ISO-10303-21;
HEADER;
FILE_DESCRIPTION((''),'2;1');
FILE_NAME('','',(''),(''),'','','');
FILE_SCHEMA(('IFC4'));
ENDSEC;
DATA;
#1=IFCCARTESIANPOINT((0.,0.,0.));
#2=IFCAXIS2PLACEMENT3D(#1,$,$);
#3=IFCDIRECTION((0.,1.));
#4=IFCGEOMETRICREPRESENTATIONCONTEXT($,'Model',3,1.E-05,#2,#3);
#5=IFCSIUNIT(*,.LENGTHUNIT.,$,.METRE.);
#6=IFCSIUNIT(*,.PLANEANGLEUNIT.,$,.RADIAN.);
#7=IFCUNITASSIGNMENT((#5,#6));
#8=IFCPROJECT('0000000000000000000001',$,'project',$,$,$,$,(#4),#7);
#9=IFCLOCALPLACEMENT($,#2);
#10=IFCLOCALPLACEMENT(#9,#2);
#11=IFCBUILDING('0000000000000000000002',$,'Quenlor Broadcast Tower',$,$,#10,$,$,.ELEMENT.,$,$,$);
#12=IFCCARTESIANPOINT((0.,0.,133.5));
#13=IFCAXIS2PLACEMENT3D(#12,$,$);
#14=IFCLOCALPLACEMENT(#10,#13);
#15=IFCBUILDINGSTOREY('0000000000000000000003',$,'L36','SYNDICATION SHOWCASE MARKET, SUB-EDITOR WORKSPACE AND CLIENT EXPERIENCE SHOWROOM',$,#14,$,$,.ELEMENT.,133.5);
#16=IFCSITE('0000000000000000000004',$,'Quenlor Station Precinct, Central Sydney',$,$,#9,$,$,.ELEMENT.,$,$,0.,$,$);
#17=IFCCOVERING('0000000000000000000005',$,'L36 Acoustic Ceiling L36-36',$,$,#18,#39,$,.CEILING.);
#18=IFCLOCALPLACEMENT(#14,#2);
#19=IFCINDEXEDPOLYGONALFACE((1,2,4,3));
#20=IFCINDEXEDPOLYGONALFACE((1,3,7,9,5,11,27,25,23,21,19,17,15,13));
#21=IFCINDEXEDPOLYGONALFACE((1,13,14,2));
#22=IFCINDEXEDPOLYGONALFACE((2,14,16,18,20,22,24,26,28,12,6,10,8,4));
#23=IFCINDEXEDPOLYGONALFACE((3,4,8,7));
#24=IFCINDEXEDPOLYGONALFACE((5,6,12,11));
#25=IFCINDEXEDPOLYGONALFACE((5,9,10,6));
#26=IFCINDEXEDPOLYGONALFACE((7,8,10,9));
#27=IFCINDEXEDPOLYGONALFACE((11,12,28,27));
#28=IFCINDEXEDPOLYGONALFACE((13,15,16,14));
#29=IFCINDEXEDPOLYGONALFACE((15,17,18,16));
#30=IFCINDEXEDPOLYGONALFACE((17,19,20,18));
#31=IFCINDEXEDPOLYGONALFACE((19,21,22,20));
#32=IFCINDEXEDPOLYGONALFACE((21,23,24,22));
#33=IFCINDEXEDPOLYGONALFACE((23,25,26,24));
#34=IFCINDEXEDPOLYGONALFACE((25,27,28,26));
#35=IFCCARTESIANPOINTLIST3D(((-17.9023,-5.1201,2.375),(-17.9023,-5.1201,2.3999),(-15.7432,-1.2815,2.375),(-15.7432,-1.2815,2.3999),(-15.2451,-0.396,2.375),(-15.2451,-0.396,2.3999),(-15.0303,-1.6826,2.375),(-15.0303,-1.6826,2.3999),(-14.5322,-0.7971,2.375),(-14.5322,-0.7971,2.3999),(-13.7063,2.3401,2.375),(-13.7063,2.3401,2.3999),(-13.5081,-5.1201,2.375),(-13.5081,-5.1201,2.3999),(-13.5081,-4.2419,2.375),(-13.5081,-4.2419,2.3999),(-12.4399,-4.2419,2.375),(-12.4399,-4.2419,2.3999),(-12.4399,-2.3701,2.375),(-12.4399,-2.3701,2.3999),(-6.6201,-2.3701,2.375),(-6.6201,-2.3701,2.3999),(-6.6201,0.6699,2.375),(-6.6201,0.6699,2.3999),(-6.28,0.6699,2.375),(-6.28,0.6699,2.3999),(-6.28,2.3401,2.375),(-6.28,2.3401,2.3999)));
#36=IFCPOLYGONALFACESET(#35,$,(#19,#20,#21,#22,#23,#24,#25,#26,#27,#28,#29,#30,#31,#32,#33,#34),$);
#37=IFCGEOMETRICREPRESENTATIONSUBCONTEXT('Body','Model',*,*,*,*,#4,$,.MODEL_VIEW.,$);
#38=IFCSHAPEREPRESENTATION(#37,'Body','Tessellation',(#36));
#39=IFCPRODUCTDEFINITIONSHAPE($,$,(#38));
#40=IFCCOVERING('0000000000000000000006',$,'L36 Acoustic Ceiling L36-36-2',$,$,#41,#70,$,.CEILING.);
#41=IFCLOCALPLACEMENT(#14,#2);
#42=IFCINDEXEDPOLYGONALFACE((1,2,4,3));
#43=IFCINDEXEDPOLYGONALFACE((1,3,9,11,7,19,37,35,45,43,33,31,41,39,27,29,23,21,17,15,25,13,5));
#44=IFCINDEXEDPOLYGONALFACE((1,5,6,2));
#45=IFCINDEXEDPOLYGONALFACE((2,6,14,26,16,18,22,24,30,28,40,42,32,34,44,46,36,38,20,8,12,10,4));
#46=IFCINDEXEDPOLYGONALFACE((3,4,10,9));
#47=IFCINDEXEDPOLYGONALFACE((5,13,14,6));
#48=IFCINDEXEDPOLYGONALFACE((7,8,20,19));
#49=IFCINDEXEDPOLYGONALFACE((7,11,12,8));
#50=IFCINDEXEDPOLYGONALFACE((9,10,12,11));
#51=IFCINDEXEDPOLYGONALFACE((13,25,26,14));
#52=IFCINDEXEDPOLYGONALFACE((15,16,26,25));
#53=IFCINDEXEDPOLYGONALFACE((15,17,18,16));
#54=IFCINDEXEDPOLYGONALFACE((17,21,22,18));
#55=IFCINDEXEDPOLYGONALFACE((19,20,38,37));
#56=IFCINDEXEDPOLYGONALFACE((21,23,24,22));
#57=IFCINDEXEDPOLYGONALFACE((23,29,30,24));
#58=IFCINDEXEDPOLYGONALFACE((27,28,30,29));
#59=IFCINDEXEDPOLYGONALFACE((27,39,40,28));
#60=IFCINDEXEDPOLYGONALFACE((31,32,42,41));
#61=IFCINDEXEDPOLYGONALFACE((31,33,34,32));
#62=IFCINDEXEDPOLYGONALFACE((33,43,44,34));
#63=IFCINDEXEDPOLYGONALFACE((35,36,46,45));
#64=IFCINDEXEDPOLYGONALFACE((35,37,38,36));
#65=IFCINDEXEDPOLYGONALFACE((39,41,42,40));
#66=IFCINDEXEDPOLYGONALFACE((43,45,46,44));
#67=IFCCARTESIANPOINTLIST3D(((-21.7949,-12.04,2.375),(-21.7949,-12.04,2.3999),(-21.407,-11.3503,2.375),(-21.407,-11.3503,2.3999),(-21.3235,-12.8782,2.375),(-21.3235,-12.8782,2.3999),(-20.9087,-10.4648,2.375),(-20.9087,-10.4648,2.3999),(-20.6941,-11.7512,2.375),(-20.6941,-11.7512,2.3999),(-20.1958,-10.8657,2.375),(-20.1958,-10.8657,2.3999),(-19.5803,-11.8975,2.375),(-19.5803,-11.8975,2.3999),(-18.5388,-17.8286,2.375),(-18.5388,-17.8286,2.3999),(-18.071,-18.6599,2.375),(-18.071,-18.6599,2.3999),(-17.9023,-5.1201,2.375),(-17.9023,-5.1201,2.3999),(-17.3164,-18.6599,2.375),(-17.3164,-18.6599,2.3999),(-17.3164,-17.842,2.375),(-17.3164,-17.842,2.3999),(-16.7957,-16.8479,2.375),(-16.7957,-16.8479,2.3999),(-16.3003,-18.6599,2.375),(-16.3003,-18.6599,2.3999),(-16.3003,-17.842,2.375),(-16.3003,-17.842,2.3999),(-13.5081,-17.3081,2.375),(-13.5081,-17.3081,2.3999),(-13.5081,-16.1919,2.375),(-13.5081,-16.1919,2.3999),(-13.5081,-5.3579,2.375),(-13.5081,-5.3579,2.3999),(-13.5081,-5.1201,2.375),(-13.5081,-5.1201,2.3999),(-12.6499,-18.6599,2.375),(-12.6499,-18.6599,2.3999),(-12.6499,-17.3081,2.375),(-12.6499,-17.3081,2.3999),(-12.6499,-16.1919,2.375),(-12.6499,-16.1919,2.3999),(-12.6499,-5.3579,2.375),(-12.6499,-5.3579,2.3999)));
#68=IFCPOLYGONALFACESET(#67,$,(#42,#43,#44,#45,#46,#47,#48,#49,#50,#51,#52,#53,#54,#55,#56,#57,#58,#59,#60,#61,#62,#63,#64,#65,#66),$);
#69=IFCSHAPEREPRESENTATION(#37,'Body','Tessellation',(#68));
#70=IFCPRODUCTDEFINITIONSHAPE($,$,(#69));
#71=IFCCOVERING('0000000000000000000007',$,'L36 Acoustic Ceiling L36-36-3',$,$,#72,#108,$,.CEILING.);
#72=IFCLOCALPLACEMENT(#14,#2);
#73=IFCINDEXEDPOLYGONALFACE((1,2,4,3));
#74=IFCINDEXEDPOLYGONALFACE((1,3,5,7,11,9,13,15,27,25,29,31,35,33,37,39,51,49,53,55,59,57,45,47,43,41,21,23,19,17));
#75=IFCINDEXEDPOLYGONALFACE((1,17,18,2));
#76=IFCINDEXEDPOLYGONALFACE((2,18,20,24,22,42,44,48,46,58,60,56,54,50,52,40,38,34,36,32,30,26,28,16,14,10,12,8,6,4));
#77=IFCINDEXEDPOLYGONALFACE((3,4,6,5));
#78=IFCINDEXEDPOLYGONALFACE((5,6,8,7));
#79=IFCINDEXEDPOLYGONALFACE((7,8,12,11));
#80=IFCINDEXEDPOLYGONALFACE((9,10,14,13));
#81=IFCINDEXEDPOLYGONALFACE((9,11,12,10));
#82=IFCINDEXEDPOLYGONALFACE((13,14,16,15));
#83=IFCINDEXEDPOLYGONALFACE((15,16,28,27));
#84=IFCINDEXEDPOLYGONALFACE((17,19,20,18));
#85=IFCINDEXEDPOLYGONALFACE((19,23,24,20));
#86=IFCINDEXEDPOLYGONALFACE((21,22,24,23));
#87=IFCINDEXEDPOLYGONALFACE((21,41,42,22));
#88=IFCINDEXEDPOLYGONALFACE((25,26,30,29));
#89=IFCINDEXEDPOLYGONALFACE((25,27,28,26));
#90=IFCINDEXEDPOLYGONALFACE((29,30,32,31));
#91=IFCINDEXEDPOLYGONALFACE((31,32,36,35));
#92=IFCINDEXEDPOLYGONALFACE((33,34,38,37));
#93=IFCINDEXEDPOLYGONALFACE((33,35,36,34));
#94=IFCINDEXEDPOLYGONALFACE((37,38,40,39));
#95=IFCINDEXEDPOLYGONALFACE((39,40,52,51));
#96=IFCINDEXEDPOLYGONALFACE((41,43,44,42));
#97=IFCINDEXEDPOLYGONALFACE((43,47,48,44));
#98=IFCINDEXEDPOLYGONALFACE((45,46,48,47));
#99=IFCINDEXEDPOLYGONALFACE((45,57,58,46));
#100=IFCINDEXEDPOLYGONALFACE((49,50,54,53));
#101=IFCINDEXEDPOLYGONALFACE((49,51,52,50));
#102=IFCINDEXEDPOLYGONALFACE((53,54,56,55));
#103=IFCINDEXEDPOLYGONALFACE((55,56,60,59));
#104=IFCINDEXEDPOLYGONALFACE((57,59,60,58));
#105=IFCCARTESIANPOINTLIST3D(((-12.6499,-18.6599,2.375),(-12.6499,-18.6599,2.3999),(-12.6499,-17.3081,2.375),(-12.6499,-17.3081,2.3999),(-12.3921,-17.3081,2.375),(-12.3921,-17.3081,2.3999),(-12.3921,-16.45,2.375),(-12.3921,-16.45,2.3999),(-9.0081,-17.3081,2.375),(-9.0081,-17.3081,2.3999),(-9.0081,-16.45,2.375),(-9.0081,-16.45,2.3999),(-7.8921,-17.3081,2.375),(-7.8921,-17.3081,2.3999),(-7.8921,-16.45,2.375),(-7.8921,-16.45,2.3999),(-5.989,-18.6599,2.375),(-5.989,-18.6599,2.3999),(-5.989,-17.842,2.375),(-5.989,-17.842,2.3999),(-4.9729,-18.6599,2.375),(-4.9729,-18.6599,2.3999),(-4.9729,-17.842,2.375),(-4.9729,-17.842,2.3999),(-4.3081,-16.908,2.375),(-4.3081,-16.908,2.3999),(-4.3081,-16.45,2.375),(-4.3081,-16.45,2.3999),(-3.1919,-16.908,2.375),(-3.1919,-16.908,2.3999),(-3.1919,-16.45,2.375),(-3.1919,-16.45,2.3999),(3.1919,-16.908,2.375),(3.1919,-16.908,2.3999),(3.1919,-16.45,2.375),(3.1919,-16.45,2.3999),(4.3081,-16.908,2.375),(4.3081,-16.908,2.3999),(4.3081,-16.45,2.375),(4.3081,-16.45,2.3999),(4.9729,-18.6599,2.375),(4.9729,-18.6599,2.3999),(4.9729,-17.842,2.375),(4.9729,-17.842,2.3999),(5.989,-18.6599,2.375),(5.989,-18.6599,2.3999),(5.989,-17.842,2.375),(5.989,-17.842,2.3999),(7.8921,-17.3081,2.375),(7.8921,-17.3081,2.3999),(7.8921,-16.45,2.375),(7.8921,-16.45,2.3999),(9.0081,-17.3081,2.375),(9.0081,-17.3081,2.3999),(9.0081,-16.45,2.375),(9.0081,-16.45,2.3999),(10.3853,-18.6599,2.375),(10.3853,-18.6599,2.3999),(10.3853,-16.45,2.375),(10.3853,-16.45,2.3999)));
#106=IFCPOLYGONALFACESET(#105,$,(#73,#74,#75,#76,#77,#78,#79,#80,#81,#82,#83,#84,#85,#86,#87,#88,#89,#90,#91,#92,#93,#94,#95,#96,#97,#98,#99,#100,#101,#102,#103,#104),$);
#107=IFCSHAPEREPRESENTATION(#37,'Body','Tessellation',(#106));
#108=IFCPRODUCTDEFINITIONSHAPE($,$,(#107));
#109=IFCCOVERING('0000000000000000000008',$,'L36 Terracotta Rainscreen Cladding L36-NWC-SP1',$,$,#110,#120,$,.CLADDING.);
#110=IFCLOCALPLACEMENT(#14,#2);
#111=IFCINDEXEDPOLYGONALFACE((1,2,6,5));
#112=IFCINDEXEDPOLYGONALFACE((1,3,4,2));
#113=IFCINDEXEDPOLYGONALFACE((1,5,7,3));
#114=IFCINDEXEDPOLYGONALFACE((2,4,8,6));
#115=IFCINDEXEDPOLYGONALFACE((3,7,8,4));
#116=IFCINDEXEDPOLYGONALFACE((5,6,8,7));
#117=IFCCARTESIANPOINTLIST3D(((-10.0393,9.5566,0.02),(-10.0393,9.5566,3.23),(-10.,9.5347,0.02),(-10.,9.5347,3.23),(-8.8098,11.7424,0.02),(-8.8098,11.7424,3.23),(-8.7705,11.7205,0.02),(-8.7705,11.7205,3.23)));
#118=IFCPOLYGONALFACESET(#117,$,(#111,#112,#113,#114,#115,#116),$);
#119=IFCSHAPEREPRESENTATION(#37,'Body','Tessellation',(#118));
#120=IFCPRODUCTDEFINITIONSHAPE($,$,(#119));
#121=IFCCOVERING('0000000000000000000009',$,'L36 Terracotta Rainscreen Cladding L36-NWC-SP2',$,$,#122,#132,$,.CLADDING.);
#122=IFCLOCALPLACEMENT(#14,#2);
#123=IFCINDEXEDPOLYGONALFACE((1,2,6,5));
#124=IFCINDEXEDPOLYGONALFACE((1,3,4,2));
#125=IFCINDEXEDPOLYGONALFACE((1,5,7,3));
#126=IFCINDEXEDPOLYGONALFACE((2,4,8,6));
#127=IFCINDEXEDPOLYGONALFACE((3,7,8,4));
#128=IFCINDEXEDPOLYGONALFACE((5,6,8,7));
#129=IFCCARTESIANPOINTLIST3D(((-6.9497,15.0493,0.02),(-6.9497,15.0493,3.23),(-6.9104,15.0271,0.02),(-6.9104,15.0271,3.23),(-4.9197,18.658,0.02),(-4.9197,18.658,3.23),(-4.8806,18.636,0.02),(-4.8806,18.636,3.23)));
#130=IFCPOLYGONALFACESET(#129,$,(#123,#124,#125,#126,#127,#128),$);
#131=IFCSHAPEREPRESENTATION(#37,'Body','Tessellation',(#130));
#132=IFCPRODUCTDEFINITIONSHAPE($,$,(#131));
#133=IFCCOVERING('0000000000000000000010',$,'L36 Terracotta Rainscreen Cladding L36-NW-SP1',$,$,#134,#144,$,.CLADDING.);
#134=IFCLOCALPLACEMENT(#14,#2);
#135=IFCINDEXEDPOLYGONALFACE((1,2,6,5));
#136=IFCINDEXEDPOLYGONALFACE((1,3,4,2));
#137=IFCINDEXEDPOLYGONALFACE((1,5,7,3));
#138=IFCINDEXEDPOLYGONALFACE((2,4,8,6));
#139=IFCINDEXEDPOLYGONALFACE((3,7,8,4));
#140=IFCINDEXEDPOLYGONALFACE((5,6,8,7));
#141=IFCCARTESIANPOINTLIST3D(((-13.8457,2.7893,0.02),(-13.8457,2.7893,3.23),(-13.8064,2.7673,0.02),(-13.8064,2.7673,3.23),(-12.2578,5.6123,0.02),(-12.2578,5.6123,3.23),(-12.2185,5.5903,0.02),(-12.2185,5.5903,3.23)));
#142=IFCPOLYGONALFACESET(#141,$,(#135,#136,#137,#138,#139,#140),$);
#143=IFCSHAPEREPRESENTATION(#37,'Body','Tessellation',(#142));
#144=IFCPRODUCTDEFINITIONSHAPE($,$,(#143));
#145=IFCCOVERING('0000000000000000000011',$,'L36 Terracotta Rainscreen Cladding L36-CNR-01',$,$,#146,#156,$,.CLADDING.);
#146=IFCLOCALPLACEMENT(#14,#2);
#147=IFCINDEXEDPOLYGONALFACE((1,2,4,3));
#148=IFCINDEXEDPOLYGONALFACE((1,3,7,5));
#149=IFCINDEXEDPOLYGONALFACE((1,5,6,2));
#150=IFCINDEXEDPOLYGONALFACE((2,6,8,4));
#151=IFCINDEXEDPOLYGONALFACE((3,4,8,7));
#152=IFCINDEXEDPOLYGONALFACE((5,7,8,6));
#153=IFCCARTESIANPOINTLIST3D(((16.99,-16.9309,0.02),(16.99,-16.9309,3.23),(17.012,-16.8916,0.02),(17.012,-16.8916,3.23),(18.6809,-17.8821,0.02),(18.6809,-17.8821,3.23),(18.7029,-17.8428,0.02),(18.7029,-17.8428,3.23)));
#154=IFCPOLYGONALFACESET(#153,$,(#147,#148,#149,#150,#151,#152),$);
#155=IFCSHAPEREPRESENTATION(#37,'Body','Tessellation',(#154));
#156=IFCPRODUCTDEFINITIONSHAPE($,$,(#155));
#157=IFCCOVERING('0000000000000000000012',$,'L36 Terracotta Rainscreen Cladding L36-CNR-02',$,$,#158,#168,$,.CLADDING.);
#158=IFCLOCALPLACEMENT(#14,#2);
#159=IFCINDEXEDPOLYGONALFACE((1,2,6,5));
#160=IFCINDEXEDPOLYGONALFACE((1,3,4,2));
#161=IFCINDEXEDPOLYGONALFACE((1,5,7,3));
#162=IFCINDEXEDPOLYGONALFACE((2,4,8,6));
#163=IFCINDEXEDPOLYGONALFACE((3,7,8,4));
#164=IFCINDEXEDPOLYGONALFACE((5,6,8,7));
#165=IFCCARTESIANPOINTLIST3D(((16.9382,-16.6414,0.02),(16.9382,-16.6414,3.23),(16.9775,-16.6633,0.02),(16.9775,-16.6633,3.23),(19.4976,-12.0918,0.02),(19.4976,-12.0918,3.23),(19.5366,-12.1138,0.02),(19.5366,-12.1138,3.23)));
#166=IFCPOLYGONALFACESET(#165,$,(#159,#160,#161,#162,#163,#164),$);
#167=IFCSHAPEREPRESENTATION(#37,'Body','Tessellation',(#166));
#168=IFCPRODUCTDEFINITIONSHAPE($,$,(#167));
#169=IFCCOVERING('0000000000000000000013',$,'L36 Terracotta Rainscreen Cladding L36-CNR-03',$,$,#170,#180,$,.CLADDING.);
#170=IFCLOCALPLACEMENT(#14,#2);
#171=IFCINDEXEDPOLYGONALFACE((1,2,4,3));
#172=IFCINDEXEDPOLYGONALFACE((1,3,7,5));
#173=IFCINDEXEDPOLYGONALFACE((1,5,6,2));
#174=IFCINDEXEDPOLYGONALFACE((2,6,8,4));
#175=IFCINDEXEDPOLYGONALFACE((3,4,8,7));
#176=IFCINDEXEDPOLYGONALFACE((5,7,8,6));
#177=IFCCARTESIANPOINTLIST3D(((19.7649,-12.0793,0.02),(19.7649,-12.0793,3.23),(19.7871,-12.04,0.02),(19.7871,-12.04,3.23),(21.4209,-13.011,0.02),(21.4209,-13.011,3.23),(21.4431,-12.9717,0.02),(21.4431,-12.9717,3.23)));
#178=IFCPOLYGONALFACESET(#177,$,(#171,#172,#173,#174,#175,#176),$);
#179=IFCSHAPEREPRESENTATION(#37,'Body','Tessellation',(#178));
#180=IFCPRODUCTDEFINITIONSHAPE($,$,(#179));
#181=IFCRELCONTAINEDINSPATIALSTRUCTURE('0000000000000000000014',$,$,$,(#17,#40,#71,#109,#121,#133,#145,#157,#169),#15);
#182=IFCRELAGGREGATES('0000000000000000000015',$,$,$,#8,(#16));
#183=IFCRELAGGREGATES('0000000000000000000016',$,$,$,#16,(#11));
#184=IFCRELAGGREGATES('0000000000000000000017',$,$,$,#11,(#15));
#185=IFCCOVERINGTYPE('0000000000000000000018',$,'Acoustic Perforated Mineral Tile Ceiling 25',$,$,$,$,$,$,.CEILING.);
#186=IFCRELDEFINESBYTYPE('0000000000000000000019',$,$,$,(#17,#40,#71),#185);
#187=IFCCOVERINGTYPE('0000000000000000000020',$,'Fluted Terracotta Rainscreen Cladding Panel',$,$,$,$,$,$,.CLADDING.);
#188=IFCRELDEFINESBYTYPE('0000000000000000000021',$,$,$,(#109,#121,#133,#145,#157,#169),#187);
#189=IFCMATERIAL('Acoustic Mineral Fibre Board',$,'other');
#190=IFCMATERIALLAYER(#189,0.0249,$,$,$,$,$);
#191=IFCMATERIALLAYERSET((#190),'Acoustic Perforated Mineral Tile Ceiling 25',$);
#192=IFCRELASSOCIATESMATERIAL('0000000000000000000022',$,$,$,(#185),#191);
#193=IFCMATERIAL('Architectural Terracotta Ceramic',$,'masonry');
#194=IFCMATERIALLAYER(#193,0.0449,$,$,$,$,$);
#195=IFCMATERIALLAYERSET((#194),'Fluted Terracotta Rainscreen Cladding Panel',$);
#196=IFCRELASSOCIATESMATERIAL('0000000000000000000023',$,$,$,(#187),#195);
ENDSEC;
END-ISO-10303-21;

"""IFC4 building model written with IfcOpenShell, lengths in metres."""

from ifc_helpers import new_model, si_unit, direction, frame, origin, place, context, subcontext, project, spatial, polyline, outline, extrude, material, layer, layer_set, type_object, element, save


model = new_model("IFC4")

# Units and contexts
model_context = context("Model", 3, precision=1e-05, world=origin(), true_north=direction((0.0, 1.0)))
body_context = subcontext(model_context, "Body", "Model", "MODEL_VIEW")
ifc_project = project(units=[si_unit("LENGTHUNIT", "METRE"), si_unit("PLANEANGLEUNIT", "RADIAN")], contexts=[model_context])

# Site, building, storey
site_placement = place(None, origin())
site = spatial("IfcSite", under=ifc_project, at=site_placement, Name="Quenlor Station Precinct, Central Sydney", CompositionType="ELEMENT", RefElevation=0.0)
building_placement = place(site_placement, origin())
building = spatial("IfcBuilding", under=site, at=building_placement, Name="Quenlor Broadcast Tower", CompositionType="ELEMENT")
storey_placement = place(building_placement, frame((0.0, 0.0, 133.5)))
storey = spatial("IfcBuildingStorey", under=building, at=storey_placement, Name="L36", Description="SYNDICATION SHOWCASE MARKET, SUB-EDITOR WORKSPACE AND CLIENT EXPERIENCE SHOWROOM", CompositionType="ELEMENT", Elevation=133.5)

# Coverings
ifc_material_1 = material(Name="Acoustic Mineral Fibre Board", Category="other")
ifc_layer_1 = layer(ifc_material_1, 0.0249)
ifc_layer_set_1 = layer_set([ifc_layer_1], Name="Acoustic Perforated Mineral Tile Ceiling 25")
covering_type_1 = type_object("IfcCoveringType", Name="Acoustic Perforated Mineral Tile Ceiling 25", PredefinedType="CEILING", material=ifc_layer_set_1)
covering_1_placement = place(storey_placement, frame((0.0, 0.0, 2.375)))
element("IfcCovering", 1, at=covering_1_placement, inside=storey, type_object=covering_type_1, Name="L36 Acoustic Ceiling L36-36", PredefinedType="CEILING", context=body_context, shape_type="SweptSolid", body=[
    extrude(outline(polyline([(-15.7432, -1.2815), (-15.0303, -1.6826), (-14.5322, -0.7971), (-15.2451, -0.396), (-13.7063, 2.3401), (-6.28, 2.3401), (-6.28, 0.6699), (-6.6201, 0.6699), (-6.6201, -2.3701), (-12.4399, -2.3701), (-12.4399, -4.2419), (-13.5081, -4.2419), (-13.5081, -5.1201), (-17.9023, -5.1201), (-15.7432, -1.2815)])), origin(), (0.0, 0.0, 1.0), 0.0249),
])
covering_2_placement = place(storey_placement, frame((0.0, 0.0, 2.375)))
element("IfcCovering", 2, at=covering_2_placement, inside=storey, type_object=covering_type_1, Name="L36 Acoustic Ceiling L36-36-2", PredefinedType="CEILING", context=body_context, shape_type="SweptSolid", body=[
    extrude(outline(polyline([(-21.7949, -12.04), (-21.407, -11.3503), (-20.6941, -11.7512), (-20.1958, -10.8657), (-20.9087, -10.4648), (-17.9023, -5.1201), (-13.5081, -5.1201), (-13.5081, -5.3579), (-12.6499, -5.3579), (-12.6499, -16.1919), (-13.5081, -16.1919), (-13.5081, -17.3081), (-12.6499, -17.3081), (-12.6499, -18.6599), (-16.3003, -18.6599), (-16.3003, -17.842), (-17.3164, -17.842), (-17.3164, -18.6599), (-18.071, -18.6599), (-18.5388, -17.8286), (-16.7957, -16.8479), (-19.5803, -11.8975), (-21.3235, -12.8782), (-21.7949, -12.04)])), origin(), (0.0, 0.0, 1.0), 0.0249),
])
covering_3_placement = place(storey_placement, frame((0.0, 0.0, 2.375)))
element("IfcCovering", 3, at=covering_3_placement, inside=storey, type_object=covering_type_1, Name="L36 Acoustic Ceiling L36-36-3", PredefinedType="CEILING", context=body_context, shape_type="SweptSolid", body=[
    extrude(outline(polyline([(-12.3921, -17.3081), (-12.3921, -16.45), (-9.0081, -16.45), (-9.0081, -17.3081), (-7.8921, -17.3081), (-7.8921, -16.45), (-4.3081, -16.45), (-4.3081, -16.908), (-3.1919, -16.908), (-3.1919, -16.45), (3.1919, -16.45), (3.1919, -16.908), (4.3081, -16.908), (4.3081, -16.45), (7.8921, -16.45), (7.8921, -17.3081), (9.0081, -17.3081), (9.0081, -16.45), (10.3853, -16.45), (10.3853, -18.6599), (5.989, -18.6599), (5.989, -17.842), (4.9729, -17.842), (4.9729, -18.6599), (-4.9729, -18.6599), (-4.9729, -17.842), (-5.989, -17.842), (-5.989, -18.6599), (-12.6499, -18.6599), (-12.6499, -17.3081), (-12.3921, -17.3081)])), origin(), (0.0, 0.0, 1.0), 0.0249),
])
ifc_material_2 = material(Name="Architectural Terracotta Ceramic", Category="masonry")
ifc_layer_2 = layer(ifc_material_2, 0.0449)
ifc_layer_set_2 = layer_set([ifc_layer_2], Name="Fluted Terracotta Rainscreen Cladding Panel")
covering_type_2 = type_object("IfcCoveringType", Name="Fluted Terracotta Rainscreen Cladding Panel", PredefinedType="CLADDING", material=ifc_layer_set_2)
covering_4_placement = place(storey_placement, frame((0.0, 0.0, 0.02)))
element("IfcCovering", 4, at=covering_4_placement, inside=storey, type_object=covering_type_2, Name="L36 Terracotta Rainscreen Cladding L36-NWC-SP1", PredefinedType="CLADDING", context=body_context, shape_type="SweptSolid", body=[
    extrude(outline(polyline([(-10.0, 9.5347), (-8.7705, 11.7205), (-8.8098, 11.7424), (-10.0393, 9.5566), (-10.0, 9.5347)])), origin(), (0.0, 0.0, 1.0), 3.21),
])
covering_5_placement = place(storey_placement, frame((0.0, 0.0, 0.02)))
element("IfcCovering", 5, at=covering_5_placement, inside=storey, type_object=covering_type_2, Name="L36 Terracotta Rainscreen Cladding L36-NWC-SP2", PredefinedType="CLADDING", context=body_context, shape_type="SweptSolid", body=[
    extrude(outline(polyline([(-6.9104, 15.0271), (-4.8806, 18.636), (-4.9197, 18.658), (-6.9497, 15.0493), (-6.9104, 15.0271)])), origin(), (0.0, 0.0, 1.0), 3.21),
])
covering_6_placement = place(storey_placement, frame((0.0, 0.0, 0.02)))
element("IfcCovering", 6, at=covering_6_placement, inside=storey, type_object=covering_type_2, Name="L36 Terracotta Rainscreen Cladding L36-NW-SP1", PredefinedType="CLADDING", context=body_context, shape_type="SweptSolid", body=[
    extrude(outline(polyline([(-13.8064, 2.7673), (-12.2185, 5.5903), (-12.2578, 5.6123), (-13.8457, 2.7893), (-13.8064, 2.7673)])), origin(), (0.0, 0.0, 1.0), 3.21),
])
covering_7_placement = place(storey_placement, frame((0.0, 0.0, 0.02)))
element("IfcCovering", 7, at=covering_7_placement, inside=storey, type_object=covering_type_2, Name="L36 Terracotta Rainscreen Cladding L36-CNR-01", PredefinedType="CLADDING", context=body_context, shape_type="SweptSolid", body=[
    extrude(outline(polyline([(18.7029, -17.8428), (17.012, -16.8916), (16.99, -16.9309), (18.6809, -17.8821), (18.7029, -17.8428)])), origin(), (0.0, 0.0, 1.0), 3.21),
])
covering_8_placement = place(storey_placement, frame((0.0, 0.0, 0.02)))
element("IfcCovering", 8, at=covering_8_placement, inside=storey, type_object=covering_type_2, Name="L36 Terracotta Rainscreen Cladding L36-CNR-02", PredefinedType="CLADDING", context=body_context, shape_type="SweptSolid", body=[
    extrude(outline(polyline([(16.9775, -16.6633), (19.5366, -12.1138), (19.4976, -12.0918), (16.9382, -16.6414), (16.9775, -16.6633)])), origin(), (0.0, 0.0, 1.0), 3.21),
])
covering_9_placement = place(storey_placement, frame((0.0, 0.0, 0.02)))
element("IfcCovering", 9, at=covering_9_placement, inside=storey, type_object=covering_type_2, Name="L36 Terracotta Rainscreen Cladding L36-CNR-03", PredefinedType="CLADDING", context=body_context, shape_type="SweptSolid", body=[
    extrude(outline(polyline([(19.7649, -12.0793), (21.4209, -13.011), (21.4431, -12.9717), (19.7871, -12.04), (19.7649, -12.0793)])), origin(), (0.0, 0.0, 1.0), 3.21),
])

save(model, "model.ifc")
